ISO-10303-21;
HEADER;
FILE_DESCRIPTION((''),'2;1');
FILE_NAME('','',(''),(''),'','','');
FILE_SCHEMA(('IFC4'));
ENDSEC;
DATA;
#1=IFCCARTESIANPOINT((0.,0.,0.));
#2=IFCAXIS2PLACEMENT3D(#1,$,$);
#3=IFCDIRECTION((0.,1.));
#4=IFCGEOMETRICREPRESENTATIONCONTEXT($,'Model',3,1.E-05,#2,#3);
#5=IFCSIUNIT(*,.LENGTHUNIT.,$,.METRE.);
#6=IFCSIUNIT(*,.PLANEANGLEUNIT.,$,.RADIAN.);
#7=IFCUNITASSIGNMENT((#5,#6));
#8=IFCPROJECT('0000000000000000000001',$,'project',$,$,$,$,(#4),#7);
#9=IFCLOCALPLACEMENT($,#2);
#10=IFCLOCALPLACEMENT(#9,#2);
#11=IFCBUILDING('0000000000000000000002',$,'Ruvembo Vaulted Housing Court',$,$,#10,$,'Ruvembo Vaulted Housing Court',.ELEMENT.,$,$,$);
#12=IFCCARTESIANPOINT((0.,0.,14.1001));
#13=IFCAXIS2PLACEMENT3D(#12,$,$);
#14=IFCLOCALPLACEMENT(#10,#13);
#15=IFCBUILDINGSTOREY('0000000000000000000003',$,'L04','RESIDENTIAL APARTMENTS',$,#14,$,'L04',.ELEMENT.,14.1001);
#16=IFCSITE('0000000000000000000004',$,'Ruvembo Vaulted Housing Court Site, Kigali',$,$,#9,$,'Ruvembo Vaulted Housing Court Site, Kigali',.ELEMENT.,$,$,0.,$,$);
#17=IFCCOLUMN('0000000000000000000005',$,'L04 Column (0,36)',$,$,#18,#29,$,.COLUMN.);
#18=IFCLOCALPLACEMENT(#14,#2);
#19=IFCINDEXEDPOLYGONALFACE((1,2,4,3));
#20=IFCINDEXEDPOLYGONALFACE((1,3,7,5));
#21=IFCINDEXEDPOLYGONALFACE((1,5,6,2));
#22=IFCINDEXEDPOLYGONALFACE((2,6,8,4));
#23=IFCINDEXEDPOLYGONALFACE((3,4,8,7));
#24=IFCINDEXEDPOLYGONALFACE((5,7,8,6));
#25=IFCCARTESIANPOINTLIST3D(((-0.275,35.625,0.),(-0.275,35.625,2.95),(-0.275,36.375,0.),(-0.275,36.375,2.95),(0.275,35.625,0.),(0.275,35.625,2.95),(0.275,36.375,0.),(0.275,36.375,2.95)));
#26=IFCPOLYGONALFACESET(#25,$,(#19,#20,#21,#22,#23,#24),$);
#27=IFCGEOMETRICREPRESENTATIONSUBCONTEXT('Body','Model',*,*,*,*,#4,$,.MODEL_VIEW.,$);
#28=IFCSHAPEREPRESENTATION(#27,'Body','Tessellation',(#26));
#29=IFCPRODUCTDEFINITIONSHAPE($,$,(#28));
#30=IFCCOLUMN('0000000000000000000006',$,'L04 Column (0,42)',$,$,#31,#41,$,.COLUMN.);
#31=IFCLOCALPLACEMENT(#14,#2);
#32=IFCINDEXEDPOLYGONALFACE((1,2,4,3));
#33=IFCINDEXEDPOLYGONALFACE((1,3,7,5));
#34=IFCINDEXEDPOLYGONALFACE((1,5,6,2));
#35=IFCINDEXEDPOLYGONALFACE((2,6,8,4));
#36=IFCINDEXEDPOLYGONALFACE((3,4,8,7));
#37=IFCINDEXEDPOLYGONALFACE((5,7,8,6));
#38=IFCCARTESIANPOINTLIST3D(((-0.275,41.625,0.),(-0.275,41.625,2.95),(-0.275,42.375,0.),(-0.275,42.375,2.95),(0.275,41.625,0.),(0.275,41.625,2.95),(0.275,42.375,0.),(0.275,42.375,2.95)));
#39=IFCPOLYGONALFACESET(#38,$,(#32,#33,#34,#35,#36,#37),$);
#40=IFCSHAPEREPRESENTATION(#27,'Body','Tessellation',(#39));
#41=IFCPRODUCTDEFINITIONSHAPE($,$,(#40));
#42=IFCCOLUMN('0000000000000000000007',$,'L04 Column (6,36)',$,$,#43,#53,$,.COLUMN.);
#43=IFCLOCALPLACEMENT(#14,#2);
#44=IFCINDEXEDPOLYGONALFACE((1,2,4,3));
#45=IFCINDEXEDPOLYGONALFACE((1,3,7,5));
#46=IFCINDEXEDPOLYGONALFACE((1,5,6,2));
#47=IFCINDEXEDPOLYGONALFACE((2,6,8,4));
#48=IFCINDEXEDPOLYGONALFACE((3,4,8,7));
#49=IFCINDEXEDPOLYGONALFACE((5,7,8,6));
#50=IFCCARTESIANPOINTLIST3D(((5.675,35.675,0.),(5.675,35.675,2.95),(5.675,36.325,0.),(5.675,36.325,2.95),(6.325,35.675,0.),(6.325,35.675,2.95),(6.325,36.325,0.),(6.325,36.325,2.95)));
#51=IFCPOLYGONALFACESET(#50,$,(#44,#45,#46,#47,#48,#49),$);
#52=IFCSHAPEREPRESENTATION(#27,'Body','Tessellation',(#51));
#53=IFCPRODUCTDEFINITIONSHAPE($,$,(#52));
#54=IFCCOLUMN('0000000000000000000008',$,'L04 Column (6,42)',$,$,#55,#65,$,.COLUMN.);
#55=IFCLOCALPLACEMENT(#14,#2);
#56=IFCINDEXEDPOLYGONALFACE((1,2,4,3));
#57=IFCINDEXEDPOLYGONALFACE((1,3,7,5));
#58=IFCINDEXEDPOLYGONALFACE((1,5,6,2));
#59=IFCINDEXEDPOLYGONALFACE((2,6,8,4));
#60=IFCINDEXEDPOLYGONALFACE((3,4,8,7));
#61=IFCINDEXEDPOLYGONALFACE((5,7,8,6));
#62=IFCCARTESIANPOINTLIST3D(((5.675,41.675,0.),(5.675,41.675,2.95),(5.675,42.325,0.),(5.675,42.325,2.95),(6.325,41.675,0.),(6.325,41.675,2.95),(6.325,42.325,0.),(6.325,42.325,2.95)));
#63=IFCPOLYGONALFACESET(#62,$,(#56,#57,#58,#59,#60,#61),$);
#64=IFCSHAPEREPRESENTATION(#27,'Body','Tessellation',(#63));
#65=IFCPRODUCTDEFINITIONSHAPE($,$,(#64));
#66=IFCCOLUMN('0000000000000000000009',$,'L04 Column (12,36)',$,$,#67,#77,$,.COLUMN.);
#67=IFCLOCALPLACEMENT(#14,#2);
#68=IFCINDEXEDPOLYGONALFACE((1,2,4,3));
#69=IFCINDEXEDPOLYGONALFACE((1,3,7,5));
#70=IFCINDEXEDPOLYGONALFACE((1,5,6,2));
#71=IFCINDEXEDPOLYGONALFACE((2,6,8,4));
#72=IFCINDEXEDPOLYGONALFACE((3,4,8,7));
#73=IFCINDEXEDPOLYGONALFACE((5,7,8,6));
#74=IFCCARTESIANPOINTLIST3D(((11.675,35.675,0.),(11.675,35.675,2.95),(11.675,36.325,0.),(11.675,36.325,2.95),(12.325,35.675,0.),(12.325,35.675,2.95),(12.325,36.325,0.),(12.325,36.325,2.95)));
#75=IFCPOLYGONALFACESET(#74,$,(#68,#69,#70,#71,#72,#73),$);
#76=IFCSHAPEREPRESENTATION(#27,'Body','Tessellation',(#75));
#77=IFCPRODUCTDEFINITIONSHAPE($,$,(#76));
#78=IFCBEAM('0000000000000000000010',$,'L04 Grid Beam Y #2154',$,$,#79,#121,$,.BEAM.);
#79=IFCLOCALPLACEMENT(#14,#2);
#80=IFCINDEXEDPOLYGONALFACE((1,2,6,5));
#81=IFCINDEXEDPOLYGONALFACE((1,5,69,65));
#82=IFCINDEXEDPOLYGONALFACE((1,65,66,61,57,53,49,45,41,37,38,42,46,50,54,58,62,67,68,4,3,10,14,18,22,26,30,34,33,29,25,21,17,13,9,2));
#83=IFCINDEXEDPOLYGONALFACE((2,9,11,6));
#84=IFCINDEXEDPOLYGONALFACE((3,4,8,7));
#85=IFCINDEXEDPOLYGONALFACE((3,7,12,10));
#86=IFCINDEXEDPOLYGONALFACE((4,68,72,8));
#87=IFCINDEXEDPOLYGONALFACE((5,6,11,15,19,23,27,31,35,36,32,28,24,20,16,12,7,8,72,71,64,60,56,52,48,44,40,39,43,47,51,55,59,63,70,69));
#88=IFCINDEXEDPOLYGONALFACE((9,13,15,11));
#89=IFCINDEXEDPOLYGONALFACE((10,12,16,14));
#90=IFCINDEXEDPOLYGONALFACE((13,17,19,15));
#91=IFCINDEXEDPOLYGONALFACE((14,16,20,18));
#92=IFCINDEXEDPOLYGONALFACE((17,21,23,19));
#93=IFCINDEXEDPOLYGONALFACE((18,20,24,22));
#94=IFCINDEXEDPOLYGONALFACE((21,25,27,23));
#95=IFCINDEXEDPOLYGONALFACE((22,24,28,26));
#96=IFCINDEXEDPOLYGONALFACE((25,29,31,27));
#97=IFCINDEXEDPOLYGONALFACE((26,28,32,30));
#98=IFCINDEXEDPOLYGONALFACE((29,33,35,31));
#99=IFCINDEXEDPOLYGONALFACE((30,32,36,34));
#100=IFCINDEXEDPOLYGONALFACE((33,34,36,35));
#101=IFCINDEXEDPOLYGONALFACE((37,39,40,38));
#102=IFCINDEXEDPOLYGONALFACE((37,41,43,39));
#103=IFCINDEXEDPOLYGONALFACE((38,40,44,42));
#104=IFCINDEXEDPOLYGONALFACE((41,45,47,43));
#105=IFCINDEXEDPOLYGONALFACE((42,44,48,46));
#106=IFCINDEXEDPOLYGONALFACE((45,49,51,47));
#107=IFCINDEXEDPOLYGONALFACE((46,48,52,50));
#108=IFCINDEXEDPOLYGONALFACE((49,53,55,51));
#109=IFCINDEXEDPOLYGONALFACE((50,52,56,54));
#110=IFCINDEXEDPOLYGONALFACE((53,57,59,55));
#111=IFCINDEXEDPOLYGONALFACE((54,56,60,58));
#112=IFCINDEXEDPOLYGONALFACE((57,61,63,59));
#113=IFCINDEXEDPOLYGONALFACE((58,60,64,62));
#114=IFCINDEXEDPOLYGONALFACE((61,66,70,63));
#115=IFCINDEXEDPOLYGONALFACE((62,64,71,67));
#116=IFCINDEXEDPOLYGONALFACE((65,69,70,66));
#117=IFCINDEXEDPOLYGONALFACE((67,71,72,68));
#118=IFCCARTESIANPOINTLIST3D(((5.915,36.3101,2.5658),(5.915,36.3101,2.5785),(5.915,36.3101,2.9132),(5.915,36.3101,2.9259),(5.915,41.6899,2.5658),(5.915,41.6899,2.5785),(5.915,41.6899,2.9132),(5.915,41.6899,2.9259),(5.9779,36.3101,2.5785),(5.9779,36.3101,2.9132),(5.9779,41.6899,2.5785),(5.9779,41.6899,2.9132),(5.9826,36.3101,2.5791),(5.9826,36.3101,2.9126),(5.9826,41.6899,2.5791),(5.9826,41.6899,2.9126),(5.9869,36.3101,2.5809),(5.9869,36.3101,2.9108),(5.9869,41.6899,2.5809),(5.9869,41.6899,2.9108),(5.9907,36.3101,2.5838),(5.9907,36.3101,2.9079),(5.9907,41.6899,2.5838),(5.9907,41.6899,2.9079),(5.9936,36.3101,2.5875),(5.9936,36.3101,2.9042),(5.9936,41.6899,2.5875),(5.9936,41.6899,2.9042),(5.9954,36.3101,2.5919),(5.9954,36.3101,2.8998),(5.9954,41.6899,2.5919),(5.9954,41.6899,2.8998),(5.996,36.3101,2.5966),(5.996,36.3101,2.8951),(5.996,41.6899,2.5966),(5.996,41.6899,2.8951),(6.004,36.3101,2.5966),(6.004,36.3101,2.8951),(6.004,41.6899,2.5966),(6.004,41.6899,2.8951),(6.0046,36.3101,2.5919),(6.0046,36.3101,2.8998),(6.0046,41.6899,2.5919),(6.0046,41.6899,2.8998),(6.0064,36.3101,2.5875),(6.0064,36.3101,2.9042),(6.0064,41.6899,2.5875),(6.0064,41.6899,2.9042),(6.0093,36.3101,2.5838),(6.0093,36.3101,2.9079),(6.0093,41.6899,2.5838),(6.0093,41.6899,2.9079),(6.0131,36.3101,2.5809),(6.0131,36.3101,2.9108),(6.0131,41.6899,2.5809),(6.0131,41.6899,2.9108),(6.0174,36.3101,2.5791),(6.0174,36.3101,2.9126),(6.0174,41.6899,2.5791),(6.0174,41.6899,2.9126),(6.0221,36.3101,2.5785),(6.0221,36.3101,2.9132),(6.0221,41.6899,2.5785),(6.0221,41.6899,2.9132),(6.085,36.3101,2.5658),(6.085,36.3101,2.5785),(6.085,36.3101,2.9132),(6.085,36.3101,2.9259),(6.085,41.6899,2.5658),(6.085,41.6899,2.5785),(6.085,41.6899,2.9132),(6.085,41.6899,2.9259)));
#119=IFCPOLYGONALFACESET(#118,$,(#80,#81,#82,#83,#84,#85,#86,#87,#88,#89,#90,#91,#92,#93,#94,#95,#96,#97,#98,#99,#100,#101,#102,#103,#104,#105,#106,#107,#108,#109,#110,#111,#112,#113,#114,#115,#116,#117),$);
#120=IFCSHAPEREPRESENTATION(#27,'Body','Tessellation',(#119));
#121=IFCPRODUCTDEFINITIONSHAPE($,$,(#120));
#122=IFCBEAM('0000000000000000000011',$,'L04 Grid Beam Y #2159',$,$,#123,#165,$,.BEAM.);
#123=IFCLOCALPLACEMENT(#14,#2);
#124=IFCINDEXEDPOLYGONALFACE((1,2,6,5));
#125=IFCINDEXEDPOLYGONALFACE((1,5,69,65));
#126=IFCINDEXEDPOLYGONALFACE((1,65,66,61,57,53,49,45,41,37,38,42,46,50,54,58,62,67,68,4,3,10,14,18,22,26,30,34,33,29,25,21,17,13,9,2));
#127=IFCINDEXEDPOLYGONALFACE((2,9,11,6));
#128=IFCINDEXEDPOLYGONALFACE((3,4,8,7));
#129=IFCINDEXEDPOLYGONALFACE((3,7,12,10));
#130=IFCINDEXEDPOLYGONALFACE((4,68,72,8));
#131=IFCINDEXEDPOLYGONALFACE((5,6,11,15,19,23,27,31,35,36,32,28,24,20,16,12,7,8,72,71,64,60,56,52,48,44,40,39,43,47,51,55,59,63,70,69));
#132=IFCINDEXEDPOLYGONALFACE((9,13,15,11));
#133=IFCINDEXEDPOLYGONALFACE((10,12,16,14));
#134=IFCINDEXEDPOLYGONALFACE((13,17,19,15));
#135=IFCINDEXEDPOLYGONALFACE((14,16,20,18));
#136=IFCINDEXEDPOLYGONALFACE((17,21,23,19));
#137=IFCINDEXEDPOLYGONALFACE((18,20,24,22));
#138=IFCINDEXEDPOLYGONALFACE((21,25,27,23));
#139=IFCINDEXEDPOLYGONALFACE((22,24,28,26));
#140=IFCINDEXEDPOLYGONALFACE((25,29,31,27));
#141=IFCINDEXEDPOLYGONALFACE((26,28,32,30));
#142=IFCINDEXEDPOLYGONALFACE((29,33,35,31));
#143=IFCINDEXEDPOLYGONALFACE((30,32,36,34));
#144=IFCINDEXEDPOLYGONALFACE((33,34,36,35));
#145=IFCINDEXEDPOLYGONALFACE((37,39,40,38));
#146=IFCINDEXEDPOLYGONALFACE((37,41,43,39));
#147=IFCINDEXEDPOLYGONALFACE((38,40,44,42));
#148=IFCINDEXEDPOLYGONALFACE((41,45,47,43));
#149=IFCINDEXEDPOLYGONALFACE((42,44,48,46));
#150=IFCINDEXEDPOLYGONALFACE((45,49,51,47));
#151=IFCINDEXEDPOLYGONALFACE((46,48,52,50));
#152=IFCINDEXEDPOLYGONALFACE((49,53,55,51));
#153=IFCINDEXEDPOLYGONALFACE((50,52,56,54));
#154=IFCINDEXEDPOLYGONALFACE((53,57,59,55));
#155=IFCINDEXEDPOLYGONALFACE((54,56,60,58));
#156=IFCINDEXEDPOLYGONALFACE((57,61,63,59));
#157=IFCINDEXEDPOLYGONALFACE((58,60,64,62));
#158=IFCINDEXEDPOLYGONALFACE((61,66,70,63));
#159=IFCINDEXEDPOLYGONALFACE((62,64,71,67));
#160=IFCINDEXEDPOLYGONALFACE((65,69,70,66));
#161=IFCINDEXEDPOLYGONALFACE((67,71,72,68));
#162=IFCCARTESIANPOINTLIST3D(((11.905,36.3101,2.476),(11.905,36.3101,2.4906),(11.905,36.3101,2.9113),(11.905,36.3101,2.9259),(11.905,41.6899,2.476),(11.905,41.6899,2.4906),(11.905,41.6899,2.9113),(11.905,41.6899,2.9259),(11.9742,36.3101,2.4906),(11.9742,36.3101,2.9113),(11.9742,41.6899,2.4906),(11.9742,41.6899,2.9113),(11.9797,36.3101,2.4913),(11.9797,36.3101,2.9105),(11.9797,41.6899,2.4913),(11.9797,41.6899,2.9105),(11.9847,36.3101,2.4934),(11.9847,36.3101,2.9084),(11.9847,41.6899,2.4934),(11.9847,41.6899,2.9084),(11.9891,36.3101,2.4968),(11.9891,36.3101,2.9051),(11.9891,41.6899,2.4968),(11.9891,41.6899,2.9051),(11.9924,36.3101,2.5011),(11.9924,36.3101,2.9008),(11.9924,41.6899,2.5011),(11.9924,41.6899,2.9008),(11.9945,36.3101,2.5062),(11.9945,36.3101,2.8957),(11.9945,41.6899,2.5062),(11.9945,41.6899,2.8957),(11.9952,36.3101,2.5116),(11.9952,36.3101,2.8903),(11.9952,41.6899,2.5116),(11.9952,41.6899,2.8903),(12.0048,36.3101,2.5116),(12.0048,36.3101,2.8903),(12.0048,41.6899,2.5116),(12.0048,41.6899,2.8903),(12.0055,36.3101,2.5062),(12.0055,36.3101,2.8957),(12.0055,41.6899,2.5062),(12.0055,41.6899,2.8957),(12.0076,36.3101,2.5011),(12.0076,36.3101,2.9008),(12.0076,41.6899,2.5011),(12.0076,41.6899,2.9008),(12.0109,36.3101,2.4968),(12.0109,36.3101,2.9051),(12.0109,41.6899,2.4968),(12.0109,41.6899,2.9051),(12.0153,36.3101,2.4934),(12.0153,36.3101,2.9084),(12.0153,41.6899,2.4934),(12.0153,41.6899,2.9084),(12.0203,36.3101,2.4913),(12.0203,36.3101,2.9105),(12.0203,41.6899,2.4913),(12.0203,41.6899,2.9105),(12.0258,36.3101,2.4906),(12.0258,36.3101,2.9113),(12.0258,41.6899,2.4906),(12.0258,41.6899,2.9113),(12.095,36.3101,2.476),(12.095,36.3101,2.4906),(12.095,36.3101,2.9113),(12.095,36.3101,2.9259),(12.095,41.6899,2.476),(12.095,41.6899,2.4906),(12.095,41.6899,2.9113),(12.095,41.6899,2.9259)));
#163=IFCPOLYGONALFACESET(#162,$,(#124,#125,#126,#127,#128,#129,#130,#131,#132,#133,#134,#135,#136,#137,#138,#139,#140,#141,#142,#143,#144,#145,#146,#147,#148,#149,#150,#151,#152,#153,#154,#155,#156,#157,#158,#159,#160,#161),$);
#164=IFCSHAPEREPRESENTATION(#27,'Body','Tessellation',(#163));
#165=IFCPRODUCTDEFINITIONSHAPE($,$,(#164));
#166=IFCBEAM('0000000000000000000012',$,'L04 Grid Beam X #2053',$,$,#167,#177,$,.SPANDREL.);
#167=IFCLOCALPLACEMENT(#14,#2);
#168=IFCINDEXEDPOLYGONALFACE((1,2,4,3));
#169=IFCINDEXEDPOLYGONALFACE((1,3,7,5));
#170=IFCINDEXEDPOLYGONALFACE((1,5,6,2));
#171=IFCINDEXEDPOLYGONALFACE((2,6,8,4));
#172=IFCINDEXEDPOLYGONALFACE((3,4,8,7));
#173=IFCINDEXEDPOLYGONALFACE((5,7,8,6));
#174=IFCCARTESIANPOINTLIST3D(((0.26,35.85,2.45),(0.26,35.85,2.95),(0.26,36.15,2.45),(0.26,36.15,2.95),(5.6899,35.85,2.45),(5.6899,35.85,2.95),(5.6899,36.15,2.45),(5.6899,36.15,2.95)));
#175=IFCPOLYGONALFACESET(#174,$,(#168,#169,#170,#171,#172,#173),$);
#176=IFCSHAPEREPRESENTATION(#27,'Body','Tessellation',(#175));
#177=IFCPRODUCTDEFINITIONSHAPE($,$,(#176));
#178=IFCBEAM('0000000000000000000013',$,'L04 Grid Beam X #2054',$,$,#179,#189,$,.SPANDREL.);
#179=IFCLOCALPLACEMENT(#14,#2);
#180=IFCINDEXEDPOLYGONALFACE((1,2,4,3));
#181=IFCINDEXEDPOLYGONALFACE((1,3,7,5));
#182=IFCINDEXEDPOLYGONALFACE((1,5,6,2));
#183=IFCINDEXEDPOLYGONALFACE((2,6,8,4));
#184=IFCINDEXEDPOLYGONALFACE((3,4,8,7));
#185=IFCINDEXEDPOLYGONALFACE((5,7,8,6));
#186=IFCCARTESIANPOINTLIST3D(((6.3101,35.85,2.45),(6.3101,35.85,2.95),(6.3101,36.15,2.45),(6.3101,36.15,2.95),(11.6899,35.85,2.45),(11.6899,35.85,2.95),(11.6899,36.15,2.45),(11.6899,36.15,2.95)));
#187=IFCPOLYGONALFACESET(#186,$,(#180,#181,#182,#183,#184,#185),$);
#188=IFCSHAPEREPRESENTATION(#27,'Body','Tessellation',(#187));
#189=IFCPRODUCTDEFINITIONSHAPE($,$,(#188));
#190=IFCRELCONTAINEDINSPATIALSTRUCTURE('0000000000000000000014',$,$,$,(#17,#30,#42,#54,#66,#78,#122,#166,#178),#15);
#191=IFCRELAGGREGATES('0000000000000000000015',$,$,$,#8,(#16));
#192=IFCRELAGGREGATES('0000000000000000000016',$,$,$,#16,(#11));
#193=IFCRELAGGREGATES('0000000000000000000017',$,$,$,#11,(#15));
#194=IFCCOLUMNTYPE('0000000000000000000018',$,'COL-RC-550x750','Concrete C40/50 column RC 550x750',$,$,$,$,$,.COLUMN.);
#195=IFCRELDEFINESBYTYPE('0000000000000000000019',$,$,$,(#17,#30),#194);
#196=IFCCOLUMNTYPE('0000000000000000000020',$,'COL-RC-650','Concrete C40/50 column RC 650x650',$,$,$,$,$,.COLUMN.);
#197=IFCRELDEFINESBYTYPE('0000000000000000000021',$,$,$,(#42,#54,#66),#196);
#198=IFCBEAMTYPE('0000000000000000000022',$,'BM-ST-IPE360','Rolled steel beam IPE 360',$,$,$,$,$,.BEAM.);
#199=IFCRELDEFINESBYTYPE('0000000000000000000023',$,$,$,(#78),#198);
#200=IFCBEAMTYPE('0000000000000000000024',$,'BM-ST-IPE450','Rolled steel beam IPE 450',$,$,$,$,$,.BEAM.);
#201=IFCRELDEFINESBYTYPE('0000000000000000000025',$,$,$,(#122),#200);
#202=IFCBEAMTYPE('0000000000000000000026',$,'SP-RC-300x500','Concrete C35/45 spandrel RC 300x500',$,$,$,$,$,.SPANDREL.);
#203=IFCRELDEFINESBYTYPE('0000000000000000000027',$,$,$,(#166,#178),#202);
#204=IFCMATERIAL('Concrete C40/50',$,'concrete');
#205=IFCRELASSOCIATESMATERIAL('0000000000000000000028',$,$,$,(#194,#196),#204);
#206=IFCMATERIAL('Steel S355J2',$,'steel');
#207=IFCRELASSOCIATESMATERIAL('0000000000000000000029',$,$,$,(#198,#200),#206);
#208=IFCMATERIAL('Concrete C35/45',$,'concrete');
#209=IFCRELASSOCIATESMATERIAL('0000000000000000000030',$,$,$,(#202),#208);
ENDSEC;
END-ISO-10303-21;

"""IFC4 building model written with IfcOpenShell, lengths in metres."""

from ifc_helpers import new_model, si_unit, direction, frame, origin, origin_2d, place, context, subcontext, project, spatial, rectangle, i_section, extrude, material, material_profile, profile_set, type_object, element, save


model = new_model("IFC4")

# Units and contexts
model_context = context("Model", 3, precision=1e-05, world=origin(), true_north=direction((0.0, 1.0)))
body_context = subcontext(model_context, "Body", "Model", "MODEL_VIEW")
ifc_project = project(units=[si_unit("LENGTHUNIT", "METRE"), si_unit("PLANEANGLEUNIT", "RADIAN")], contexts=[model_context])

# Site, building, storey
site_placement = place(None, origin())
site = spatial("IfcSite", under=ifc_project, at=site_placement, Name="Ruvembo Vaulted Housing Court Site, Kigali", LongName="Ruvembo Vaulted Housing Court Site, Kigali", CompositionType="ELEMENT", RefElevation=0.0)
building_placement = place(site_placement, origin())
building = spatial("IfcBuilding", under=site, at=building_placement, Name="Ruvembo Vaulted Housing Court", LongName="Ruvembo Vaulted Housing Court", CompositionType="ELEMENT")
storey_placement = place(building_placement, frame((0.0, 0.0, 14.1001)))
storey = spatial("IfcBuildingStorey", under=building, at=storey_placement, Name="L04", Description="RESIDENTIAL APARTMENTS", LongName="L04", CompositionType="ELEMENT", Elevation=14.1001)

# Columns
ifc_material_1 = material(Name="Concrete C40/50", Category="concrete")
ifc_material_profile_1 = material_profile(ifc_material_1, rectangle(XDim=0.55, YDim=0.75, at=origin_2d()), Name="RC 550x750")
ifc_profile_set_1 = profile_set([ifc_material_profile_1], Name="Concrete C40/50")
column_type_1 = type_object("IfcColumnType", Name="COL-RC-550x750", Description="Concrete C40/50 column RC 550x750", PredefinedType="COLUMN", material=ifc_profile_set_1)
for number, where, z_axis, x_axis, name in (
    (1, (0.0, 36.0, 0.0), (0.0, 0.0, 1.0), (1.0, 0.0, 0.0), "L04 Column (0,36)"),
    (2, (0.0, 42.0, 0.0), (0.0, 0.0, 1.0), (1.0, 0.0, 0.0), "L04 Column (0,42)"),
):
    element("IfcColumn", number, at=place(storey_placement, frame(where, z_axis=z_axis, x_axis=x_axis)), inside=storey, type_object=column_type_1, Name=name, PredefinedType="COLUMN", context=body_context, shape_type="SweptSolid", body=[
        extrude(rectangle(XDim=0.55, YDim=0.75, at=origin_2d()), origin(), (0.0, 0.0, 1.0), 2.95),
    ])
ifc_material_profile_2 = material_profile(ifc_material_1, rectangle(XDim=0.6499, YDim=0.6499, at=origin_2d()), Name="RC 650x650")
ifc_profile_set_2 = profile_set([ifc_material_profile_2], Name="Concrete C40/50")
column_type_2 = type_object("IfcColumnType", Name="COL-RC-650", Description="Concrete C40/50 column RC 650x650", PredefinedType="COLUMN", material=ifc_profile_set_2)
for number, where, z_axis, x_axis, name in (
    (3, (6.0, 36.0, 0.0), (0.0, 0.0, 1.0), (1.0, 0.0, 0.0), "L04 Column (6,36)"),
    (4, (6.0, 42.0, 0.0), (0.0, 0.0, 1.0), (1.0, 0.0, 0.0), "L04 Column (6,42)"),
    (5, (12.0, 36.0, 0.0), (0.0, 0.0, 1.0), (1.0, 0.0, 0.0), "L04 Column (12,36)"),
):
    element("IfcColumn", number, at=place(storey_placement, frame(where, z_axis=z_axis, x_axis=x_axis)), inside=storey, type_object=column_type_2, Name=name, PredefinedType="COLUMN", context=body_context, shape_type="SweptSolid", body=[
        extrude(rectangle(XDim=0.6499, YDim=0.6499, at=origin_2d()), origin(), (0.0, 0.0, 1.0), 2.95),
    ])

# Beams
ifc_material_2 = material(Name="Steel S355J2", Category="steel")
ifc_material_profile_3 = material_profile(ifc_material_2, i_section(OverallWidth=0.1699, OverallDepth=0.3601, WebThickness=0.0081, FlangeThickness=0.0127, FilletRadius=0.0181, at=origin_2d()), Name="IPE 360")
ifc_profile_set_3 = profile_set([ifc_material_profile_3], Name="Steel S355J2")
beam_type_1 = type_object("IfcBeamType", Name="BM-ST-IPE360", Description="Rolled steel beam IPE 360", PredefinedType="BEAM", material=ifc_profile_set_3)
beam_1_placement = place(storey_placement, frame((6.0, 36.3101, 2.7458), z_axis=(0.0, 1.0, 0.0), x_axis=(-1.0, 0.0, 0.0)))
element("IfcBeam", 6, at=beam_1_placement, inside=storey, type_object=beam_type_1, Name="L04 Grid Beam Y #2154", PredefinedType="BEAM", context=body_context, shape_type="SweptSolid", body=[
    extrude(i_section(OverallWidth=0.1699, OverallDepth=0.3601, WebThickness=0.0081, FlangeThickness=0.0127, FilletRadius=0.0181, at=origin_2d()), origin(), (0.0, 0.0, 1.0), 5.3799),
])
ifc_material_profile_4 = material_profile(ifc_material_2, i_section(OverallWidth=0.1899, OverallDepth=0.45, WebThickness=0.0095, FlangeThickness=0.0146, FilletRadius=0.021, at=origin_2d()), Name="IPE 450")
ifc_profile_set_4 = profile_set([ifc_material_profile_4], Name="Steel S355J2")
beam_type_2 = type_object("IfcBeamType", Name="BM-ST-IPE450", Description="Rolled steel beam IPE 450", PredefinedType="BEAM", material=ifc_profile_set_4)
beam_2_placement = place(storey_placement, frame((12.0, 36.3101, 2.7009), z_axis=(0.0, 1.0, 0.0), x_axis=(-1.0, 0.0, 0.0)))
element("IfcBeam", 7, at=beam_2_placement, inside=storey, type_object=beam_type_2, Name="L04 Grid Beam Y #2159", PredefinedType="BEAM", context=body_context, shape_type="SweptSolid", body=[
    extrude(i_section(OverallWidth=0.1899, OverallDepth=0.45, WebThickness=0.0095, FlangeThickness=0.0146, FilletRadius=0.021, at=origin_2d()), origin(), (0.0, 0.0, 1.0), 5.3799),
])
ifc_material_3 = material(Name="Concrete C35/45", Category="concrete")
ifc_material_profile_5 = material_profile(ifc_material_3, rectangle(XDim=0.3, YDim=0.5, at=origin_2d()), Name="RC 300x500")
ifc_profile_set_5 = profile_set([ifc_material_profile_5], Name="Concrete C35/45")
beam_type_3 = type_object("IfcBeamType", Name="SP-RC-300x500", Description="Concrete C35/45 spandrel RC 300x500", PredefinedType="SPANDREL", material=ifc_profile_set_5)
beam_3_placement = place(storey_placement, frame((0.26, 36.0, 2.7), z_axis=(1.0, 0.0, 0.0), x_axis=(0.0, 1.0, 0.0)))
element("IfcBeam", 8, at=beam_3_placement, inside=storey, type_object=beam_type_3, Name="L04 Grid Beam X #2053", PredefinedType="SPANDREL", context=body_context, shape_type="SweptSolid", body=[
    extrude(rectangle(XDim=0.3, YDim=0.5, at=origin_2d()), origin(), (0.0, 0.0, 1.0), 5.4299),
])
beam_4_placement = place(storey_placement, frame((6.3101, 36.0, 2.7), z_axis=(1.0, 0.0, 0.0), x_axis=(0.0, 1.0, 0.0)))
element("IfcBeam", 9, at=beam_4_placement, inside=storey, type_object=beam_type_3, Name="L04 Grid Beam X #2054", PredefinedType="SPANDREL", context=body_context, shape_type="SweptSolid", body=[
    extrude(rectangle(XDim=0.3, YDim=0.5, at=origin_2d()), origin(), (0.0, 0.0, 1.0), 5.3799),
])

save(model, "model.ifc")
